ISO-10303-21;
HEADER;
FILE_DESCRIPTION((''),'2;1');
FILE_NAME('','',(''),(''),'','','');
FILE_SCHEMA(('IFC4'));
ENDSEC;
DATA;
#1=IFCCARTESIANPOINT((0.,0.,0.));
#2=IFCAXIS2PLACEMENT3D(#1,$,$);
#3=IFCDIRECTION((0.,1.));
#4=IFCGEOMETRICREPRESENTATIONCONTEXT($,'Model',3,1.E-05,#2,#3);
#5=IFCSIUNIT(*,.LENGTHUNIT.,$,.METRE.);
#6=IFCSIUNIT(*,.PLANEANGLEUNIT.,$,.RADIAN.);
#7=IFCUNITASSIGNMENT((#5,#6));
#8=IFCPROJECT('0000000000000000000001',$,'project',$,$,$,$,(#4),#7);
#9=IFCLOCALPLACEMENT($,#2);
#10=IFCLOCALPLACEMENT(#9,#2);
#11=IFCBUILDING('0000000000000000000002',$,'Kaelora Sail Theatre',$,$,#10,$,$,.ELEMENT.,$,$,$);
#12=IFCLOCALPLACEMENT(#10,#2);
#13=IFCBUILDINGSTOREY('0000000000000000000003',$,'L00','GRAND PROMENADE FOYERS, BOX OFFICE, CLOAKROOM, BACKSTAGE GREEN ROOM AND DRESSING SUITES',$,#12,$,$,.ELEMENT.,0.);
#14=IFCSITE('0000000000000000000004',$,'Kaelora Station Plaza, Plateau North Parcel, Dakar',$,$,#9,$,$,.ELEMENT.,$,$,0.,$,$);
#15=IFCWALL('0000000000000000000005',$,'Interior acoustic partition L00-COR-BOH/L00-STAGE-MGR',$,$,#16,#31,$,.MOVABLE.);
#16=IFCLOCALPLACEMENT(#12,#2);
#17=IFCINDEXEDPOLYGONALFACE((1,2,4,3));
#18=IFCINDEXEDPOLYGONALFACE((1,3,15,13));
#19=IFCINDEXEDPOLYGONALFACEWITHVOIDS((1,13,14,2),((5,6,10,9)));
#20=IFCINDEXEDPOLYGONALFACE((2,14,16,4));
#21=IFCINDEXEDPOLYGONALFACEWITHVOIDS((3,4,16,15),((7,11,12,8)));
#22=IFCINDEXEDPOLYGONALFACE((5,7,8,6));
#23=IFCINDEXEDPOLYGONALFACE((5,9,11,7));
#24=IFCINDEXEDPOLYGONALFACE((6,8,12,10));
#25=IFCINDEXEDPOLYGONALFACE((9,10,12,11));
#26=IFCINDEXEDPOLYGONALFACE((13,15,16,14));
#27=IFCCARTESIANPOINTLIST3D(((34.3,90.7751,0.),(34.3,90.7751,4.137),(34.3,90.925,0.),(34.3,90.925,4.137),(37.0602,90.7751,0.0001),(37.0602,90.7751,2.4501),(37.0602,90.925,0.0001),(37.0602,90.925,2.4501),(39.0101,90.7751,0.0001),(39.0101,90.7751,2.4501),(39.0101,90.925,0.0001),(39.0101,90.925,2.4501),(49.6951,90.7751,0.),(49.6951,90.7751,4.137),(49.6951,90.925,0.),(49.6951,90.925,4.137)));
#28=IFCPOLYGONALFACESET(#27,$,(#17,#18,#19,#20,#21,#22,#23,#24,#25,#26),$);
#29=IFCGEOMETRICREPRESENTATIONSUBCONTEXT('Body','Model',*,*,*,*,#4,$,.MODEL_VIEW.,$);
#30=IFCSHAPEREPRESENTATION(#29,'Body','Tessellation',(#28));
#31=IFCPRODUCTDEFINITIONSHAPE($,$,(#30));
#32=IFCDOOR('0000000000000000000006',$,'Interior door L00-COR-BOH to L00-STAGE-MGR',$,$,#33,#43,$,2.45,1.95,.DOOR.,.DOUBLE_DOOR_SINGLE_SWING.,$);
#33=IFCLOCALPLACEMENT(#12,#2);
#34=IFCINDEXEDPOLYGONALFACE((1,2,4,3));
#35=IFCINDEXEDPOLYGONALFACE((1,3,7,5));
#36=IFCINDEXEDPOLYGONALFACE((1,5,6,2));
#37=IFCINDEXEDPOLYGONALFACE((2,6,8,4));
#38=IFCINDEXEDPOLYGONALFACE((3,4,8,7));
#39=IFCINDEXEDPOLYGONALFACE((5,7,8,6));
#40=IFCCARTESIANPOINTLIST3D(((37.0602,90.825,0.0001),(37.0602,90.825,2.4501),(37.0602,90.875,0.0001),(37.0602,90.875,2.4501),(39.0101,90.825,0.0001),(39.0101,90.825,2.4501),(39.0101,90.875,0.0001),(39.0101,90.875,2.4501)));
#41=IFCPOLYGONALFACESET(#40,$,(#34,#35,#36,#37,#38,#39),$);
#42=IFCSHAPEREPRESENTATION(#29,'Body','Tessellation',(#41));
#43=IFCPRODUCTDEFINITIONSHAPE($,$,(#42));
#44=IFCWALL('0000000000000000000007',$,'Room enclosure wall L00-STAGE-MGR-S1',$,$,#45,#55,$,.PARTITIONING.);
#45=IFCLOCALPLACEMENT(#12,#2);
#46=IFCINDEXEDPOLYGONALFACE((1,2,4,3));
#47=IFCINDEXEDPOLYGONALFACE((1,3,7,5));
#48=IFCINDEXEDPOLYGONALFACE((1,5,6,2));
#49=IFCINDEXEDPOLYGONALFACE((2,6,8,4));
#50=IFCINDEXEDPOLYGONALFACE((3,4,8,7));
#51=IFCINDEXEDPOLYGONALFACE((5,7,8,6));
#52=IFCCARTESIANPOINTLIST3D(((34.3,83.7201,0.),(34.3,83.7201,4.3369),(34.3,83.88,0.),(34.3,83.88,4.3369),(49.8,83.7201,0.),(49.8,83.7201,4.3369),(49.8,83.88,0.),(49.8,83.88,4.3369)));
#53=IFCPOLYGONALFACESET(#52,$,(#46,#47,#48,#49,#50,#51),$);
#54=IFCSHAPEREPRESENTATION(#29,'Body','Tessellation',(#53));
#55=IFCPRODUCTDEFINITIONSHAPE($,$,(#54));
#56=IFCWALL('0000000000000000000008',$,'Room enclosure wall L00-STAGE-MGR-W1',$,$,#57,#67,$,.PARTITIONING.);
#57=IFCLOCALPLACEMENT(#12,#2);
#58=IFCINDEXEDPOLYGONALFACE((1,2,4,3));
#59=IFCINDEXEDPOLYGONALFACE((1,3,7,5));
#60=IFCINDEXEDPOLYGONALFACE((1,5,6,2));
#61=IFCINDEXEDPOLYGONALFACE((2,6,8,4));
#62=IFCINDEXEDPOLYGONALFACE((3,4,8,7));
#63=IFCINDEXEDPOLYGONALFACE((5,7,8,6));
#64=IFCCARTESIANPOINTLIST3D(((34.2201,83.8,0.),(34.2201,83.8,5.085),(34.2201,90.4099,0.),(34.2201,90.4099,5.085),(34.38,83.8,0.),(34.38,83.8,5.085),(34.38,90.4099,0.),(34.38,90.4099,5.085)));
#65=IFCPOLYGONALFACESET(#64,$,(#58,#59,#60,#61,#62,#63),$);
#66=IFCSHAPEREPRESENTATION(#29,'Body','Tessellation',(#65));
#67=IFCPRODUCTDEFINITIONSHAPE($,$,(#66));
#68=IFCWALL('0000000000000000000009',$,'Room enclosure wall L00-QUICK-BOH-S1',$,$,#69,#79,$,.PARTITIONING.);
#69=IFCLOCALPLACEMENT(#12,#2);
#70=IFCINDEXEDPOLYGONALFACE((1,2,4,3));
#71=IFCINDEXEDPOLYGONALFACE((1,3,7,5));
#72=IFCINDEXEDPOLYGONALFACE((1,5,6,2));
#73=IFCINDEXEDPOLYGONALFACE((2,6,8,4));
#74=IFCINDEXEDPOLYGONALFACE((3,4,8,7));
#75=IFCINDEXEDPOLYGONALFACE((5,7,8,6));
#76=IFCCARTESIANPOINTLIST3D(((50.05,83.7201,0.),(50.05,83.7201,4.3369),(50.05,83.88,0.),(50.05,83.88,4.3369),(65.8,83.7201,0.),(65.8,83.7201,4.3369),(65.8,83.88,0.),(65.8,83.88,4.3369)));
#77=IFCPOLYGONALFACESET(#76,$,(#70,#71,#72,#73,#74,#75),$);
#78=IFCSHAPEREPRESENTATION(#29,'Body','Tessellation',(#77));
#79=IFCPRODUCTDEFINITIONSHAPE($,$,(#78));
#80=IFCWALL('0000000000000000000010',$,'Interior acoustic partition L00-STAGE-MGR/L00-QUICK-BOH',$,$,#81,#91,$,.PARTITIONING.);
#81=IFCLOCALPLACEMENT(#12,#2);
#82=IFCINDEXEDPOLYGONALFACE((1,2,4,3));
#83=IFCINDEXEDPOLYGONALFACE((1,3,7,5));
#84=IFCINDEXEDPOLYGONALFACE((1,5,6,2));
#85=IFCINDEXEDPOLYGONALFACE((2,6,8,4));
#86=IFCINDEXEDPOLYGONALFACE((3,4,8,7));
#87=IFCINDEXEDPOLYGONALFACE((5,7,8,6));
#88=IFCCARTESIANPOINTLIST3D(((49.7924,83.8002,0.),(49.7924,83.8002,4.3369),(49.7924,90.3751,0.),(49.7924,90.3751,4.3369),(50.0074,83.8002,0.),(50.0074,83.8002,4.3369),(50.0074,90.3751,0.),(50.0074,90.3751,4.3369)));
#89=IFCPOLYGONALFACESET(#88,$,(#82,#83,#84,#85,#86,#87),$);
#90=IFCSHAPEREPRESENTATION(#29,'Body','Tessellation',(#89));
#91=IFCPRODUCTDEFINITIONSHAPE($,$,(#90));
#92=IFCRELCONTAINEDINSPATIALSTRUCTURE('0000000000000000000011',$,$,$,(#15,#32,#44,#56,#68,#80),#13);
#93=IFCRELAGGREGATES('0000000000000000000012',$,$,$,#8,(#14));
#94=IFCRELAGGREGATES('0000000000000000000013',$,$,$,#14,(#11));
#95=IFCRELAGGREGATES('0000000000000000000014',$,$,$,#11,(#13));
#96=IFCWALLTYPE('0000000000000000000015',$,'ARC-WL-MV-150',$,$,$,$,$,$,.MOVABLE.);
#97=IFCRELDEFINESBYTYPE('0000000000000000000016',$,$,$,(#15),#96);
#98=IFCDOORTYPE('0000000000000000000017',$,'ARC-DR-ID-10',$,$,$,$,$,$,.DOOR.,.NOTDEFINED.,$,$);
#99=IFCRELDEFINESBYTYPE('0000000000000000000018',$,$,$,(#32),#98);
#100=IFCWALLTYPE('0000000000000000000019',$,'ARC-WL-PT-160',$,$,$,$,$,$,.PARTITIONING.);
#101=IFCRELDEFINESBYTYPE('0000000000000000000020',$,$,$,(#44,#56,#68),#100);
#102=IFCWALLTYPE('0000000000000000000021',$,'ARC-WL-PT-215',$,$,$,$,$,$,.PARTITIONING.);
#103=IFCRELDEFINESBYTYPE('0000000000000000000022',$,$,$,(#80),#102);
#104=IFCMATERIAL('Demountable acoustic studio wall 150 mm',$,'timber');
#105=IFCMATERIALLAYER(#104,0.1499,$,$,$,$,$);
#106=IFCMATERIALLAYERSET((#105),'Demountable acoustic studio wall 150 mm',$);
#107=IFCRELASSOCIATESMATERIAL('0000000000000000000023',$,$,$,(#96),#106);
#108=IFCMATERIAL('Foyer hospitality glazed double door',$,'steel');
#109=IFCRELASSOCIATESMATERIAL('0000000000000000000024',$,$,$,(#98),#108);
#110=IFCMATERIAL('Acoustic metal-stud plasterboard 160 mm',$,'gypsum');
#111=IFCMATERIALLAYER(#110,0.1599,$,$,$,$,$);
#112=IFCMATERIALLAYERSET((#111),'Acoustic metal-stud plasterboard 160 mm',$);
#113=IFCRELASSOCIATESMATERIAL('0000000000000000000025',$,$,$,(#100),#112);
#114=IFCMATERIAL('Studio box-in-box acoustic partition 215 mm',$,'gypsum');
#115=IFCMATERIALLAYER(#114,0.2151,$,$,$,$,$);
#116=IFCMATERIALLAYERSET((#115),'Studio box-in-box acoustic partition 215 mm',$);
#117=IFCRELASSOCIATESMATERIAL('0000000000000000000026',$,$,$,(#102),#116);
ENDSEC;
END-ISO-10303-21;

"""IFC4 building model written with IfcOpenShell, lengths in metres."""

from ifc_helpers import new_model, si_unit, direction, frame, frame_2d, origin, place, context, subcontext, project, spatial, rectangle, extrude, material, layer, layer_set, type_object, element, fill, save


model = new_model("IFC4")

# Units and contexts
model_context = context("Model", 3, precision=1e-05, world=origin(), true_north=direction((0.0, 1.0)))
body_context = subcontext(model_context, "Body", "Model", "MODEL_VIEW")
ifc_project = project(units=[si_unit("LENGTHUNIT", "METRE"), si_unit("PLANEANGLEUNIT", "RADIAN")], contexts=[model_context])

# Site, building, storey
site_placement = place(None, origin())
site = spatial("IfcSite", under=ifc_project, at=site_placement, Name="Kaelora Station Plaza, Plateau North Parcel, Dakar", CompositionType="ELEMENT", RefElevation=0.0)
building_placement = place(site_placement, origin())
building = spatial("IfcBuilding", under=site, at=building_placement, Name="Kaelora Sail Theatre", CompositionType="ELEMENT")
storey_placement = place(building_placement, origin())
storey = spatial("IfcBuildingStorey", under=building, at=storey_placement, Name="L00", Description="GRAND PROMENADE FOYERS, BOX OFFICE, CLOAKROOM, BACKSTAGE GREEN ROOM AND DRESSING SUITES", CompositionType="ELEMENT", Elevation=0.0)

# Wall, opening, door
ifc_material_1 = material(Name="Demountable acoustic studio wall 150 mm", Category="timber")
ifc_layer_1 = layer(ifc_material_1, 0.1499)
ifc_layer_set_1 = layer_set([ifc_layer_1], Name="Demountable acoustic studio wall 150 mm")
wall_type_1 = type_object("IfcWallType", Name="ARC-WL-MV-150", PredefinedType="MOVABLE", material=ifc_layer_set_1)
wall_1_placement = place(storey_placement, frame((34.3, 90.8501, 0.0), z_axis=(0.0, 0.0, 1.0), x_axis=(1.0, 0.0, 0.0)))
wall_1 = element("IfcWall", 1, at=wall_1_placement, inside=storey, type_object=wall_type_1, Name="Interior acoustic partition L00-COR-BOH/L00-STAGE-MGR", PredefinedType="MOVABLE", context=body_context, shape_type="SweptSolid", body=[
    extrude(rectangle(XDim=15.395, YDim=0.1499, at=frame_2d((7.6975, 0.0))), origin(), (0.0, 0.0, 1.0), 4.137),
])
opening_placement = place(wall_1_placement, frame((2.76, 0.0, 0.0)))
opening = element("IfcOpeningElement", 2, at=opening_placement, cuts=wall_1, PredefinedType="OPENING", context=body_context, shape_type="SweptSolid", body=[
    extrude(rectangle(XDim=1.95, YDim=2.45, at=frame_2d((0.9751, 1.2251))), frame((0.0, 0.085, 0.0), z_axis=(0.0, -1.0, 0.0), x_axis=(1.0, 0.0, 0.0)), (0.0, 0.0, 1.0), 0.1699),
])
ifc_material_2 = material(Name="Foyer hospitality glazed double door", Category="steel")
door_type = type_object("IfcDoorType", Name="ARC-DR-ID-10", OperationType="NOTDEFINED", PredefinedType="DOOR", material=ifc_material_2)
door_placement = place(opening_placement, origin())
door = element("IfcDoor", 3, at=door_placement, inside=storey, type_object=door_type, Name="Interior door L00-COR-BOH to L00-STAGE-MGR", OperationType="DOUBLE_DOOR_SINGLE_SWING", OverallHeight=2.45, OverallWidth=1.95, PredefinedType="DOOR", context=body_context, shape_type="SweptSolid", body=[
    extrude(rectangle(XDim=1.95, YDim=2.45, at=frame_2d((0.9751, 1.2251))), frame((0.0, 0.0249, 0.0), z_axis=(0.0, -1.0, 0.0), x_axis=(1.0, 0.0, 0.0)), (0.0, 0.0, 1.0), 0.05),
])
fill(opening, door)

# Walls
ifc_material_3 = material(Name="Acoustic metal-stud plasterboard 160 mm", Category="gypsum")
ifc_layer_2 = layer(ifc_material_3, 0.1599)
ifc_layer_set_2 = layer_set([ifc_layer_2], Name="Acoustic metal-stud plasterboard 160 mm")
wall_type_2 = type_object("IfcWallType", Name="ARC-WL-PT-160", PredefinedType="PARTITIONING", material=ifc_layer_set_2)
wall_2_placement = place(storey_placement, frame((34.3, 83.8, 0.0), z_axis=(0.0, 0.0, 1.0), x_axis=(1.0, 0.0, 0.0)))
element("IfcWall", 4, at=wall_2_placement, inside=storey, type_object=wall_type_2, Name="Room enclosure wall L00-STAGE-MGR-S1", PredefinedType="PARTITIONING", context=body_context, shape_type="SweptSolid", body=[
    extrude(rectangle(XDim=15.5, YDim=0.1599, at=frame_2d((7.75, 0.0))), origin(), (0.0, 0.0, 1.0), 4.3369),
])
wall_3_placement = place(storey_placement, frame((34.3, 83.8, 0.0), z_axis=(0.0, 0.0, 1.0), x_axis=(0.0, 1.0, 0.0)))
element("IfcWall", 5, at=wall_3_placement, inside=storey, type_object=wall_type_2, Name="Room enclosure wall L00-STAGE-MGR-W1", PredefinedType="PARTITIONING", context=body_context, shape_type="SweptSolid", body=[
    extrude(rectangle(XDim=6.6099, YDim=0.1599, at=frame_2d((3.3049, 0.0))), origin(), (0.0, 0.0, 1.0), 5.085),
])
wall_4_placement = place(storey_placement, frame((50.05, 83.8, 0.0), z_axis=(0.0, 0.0, 1.0), x_axis=(1.0, 0.0, 0.0)))
element("IfcWall", 6, at=wall_4_placement, inside=storey, type_object=wall_type_2, Name="Room enclosure wall L00-QUICK-BOH-S1", PredefinedType="PARTITIONING", context=body_context, shape_type="SweptSolid", body=[
    extrude(rectangle(XDim=15.75, YDim=0.1599, at=frame_2d((7.875, 0.0))), origin(), (0.0, 0.0, 1.0), 4.3369),
])
ifc_material_4 = material(Name="Studio box-in-box acoustic partition 215 mm", Category="gypsum")
ifc_layer_3 = layer(ifc_material_4, 0.2151)
ifc_layer_set_3 = layer_set([ifc_layer_3], Name="Studio box-in-box acoustic partition 215 mm")
wall_type_3 = type_object("IfcWallType", Name="ARC-WL-PT-215", PredefinedType="PARTITIONING", material=ifc_layer_set_3)
wall_5_placement = place(storey_placement, frame((49.8999, 83.8, 0.0), z_axis=(0.0, 0.0, 1.0), x_axis=(0.0, 1.0, 0.0)))
element("IfcWall", 7, at=wall_5_placement, inside=storey, type_object=wall_type_3, Name="Interior acoustic partition L00-STAGE-MGR/L00-QUICK-BOH", PredefinedType="PARTITIONING", context=body_context, shape_type="SweptSolid", body=[
    extrude(rectangle(XDim=6.575, YDim=0.2151, at=frame_2d((3.2876, 0.0))), origin(), (0.0, 0.0, 1.0), 4.3369),
])

save(model, "model.ifc")
